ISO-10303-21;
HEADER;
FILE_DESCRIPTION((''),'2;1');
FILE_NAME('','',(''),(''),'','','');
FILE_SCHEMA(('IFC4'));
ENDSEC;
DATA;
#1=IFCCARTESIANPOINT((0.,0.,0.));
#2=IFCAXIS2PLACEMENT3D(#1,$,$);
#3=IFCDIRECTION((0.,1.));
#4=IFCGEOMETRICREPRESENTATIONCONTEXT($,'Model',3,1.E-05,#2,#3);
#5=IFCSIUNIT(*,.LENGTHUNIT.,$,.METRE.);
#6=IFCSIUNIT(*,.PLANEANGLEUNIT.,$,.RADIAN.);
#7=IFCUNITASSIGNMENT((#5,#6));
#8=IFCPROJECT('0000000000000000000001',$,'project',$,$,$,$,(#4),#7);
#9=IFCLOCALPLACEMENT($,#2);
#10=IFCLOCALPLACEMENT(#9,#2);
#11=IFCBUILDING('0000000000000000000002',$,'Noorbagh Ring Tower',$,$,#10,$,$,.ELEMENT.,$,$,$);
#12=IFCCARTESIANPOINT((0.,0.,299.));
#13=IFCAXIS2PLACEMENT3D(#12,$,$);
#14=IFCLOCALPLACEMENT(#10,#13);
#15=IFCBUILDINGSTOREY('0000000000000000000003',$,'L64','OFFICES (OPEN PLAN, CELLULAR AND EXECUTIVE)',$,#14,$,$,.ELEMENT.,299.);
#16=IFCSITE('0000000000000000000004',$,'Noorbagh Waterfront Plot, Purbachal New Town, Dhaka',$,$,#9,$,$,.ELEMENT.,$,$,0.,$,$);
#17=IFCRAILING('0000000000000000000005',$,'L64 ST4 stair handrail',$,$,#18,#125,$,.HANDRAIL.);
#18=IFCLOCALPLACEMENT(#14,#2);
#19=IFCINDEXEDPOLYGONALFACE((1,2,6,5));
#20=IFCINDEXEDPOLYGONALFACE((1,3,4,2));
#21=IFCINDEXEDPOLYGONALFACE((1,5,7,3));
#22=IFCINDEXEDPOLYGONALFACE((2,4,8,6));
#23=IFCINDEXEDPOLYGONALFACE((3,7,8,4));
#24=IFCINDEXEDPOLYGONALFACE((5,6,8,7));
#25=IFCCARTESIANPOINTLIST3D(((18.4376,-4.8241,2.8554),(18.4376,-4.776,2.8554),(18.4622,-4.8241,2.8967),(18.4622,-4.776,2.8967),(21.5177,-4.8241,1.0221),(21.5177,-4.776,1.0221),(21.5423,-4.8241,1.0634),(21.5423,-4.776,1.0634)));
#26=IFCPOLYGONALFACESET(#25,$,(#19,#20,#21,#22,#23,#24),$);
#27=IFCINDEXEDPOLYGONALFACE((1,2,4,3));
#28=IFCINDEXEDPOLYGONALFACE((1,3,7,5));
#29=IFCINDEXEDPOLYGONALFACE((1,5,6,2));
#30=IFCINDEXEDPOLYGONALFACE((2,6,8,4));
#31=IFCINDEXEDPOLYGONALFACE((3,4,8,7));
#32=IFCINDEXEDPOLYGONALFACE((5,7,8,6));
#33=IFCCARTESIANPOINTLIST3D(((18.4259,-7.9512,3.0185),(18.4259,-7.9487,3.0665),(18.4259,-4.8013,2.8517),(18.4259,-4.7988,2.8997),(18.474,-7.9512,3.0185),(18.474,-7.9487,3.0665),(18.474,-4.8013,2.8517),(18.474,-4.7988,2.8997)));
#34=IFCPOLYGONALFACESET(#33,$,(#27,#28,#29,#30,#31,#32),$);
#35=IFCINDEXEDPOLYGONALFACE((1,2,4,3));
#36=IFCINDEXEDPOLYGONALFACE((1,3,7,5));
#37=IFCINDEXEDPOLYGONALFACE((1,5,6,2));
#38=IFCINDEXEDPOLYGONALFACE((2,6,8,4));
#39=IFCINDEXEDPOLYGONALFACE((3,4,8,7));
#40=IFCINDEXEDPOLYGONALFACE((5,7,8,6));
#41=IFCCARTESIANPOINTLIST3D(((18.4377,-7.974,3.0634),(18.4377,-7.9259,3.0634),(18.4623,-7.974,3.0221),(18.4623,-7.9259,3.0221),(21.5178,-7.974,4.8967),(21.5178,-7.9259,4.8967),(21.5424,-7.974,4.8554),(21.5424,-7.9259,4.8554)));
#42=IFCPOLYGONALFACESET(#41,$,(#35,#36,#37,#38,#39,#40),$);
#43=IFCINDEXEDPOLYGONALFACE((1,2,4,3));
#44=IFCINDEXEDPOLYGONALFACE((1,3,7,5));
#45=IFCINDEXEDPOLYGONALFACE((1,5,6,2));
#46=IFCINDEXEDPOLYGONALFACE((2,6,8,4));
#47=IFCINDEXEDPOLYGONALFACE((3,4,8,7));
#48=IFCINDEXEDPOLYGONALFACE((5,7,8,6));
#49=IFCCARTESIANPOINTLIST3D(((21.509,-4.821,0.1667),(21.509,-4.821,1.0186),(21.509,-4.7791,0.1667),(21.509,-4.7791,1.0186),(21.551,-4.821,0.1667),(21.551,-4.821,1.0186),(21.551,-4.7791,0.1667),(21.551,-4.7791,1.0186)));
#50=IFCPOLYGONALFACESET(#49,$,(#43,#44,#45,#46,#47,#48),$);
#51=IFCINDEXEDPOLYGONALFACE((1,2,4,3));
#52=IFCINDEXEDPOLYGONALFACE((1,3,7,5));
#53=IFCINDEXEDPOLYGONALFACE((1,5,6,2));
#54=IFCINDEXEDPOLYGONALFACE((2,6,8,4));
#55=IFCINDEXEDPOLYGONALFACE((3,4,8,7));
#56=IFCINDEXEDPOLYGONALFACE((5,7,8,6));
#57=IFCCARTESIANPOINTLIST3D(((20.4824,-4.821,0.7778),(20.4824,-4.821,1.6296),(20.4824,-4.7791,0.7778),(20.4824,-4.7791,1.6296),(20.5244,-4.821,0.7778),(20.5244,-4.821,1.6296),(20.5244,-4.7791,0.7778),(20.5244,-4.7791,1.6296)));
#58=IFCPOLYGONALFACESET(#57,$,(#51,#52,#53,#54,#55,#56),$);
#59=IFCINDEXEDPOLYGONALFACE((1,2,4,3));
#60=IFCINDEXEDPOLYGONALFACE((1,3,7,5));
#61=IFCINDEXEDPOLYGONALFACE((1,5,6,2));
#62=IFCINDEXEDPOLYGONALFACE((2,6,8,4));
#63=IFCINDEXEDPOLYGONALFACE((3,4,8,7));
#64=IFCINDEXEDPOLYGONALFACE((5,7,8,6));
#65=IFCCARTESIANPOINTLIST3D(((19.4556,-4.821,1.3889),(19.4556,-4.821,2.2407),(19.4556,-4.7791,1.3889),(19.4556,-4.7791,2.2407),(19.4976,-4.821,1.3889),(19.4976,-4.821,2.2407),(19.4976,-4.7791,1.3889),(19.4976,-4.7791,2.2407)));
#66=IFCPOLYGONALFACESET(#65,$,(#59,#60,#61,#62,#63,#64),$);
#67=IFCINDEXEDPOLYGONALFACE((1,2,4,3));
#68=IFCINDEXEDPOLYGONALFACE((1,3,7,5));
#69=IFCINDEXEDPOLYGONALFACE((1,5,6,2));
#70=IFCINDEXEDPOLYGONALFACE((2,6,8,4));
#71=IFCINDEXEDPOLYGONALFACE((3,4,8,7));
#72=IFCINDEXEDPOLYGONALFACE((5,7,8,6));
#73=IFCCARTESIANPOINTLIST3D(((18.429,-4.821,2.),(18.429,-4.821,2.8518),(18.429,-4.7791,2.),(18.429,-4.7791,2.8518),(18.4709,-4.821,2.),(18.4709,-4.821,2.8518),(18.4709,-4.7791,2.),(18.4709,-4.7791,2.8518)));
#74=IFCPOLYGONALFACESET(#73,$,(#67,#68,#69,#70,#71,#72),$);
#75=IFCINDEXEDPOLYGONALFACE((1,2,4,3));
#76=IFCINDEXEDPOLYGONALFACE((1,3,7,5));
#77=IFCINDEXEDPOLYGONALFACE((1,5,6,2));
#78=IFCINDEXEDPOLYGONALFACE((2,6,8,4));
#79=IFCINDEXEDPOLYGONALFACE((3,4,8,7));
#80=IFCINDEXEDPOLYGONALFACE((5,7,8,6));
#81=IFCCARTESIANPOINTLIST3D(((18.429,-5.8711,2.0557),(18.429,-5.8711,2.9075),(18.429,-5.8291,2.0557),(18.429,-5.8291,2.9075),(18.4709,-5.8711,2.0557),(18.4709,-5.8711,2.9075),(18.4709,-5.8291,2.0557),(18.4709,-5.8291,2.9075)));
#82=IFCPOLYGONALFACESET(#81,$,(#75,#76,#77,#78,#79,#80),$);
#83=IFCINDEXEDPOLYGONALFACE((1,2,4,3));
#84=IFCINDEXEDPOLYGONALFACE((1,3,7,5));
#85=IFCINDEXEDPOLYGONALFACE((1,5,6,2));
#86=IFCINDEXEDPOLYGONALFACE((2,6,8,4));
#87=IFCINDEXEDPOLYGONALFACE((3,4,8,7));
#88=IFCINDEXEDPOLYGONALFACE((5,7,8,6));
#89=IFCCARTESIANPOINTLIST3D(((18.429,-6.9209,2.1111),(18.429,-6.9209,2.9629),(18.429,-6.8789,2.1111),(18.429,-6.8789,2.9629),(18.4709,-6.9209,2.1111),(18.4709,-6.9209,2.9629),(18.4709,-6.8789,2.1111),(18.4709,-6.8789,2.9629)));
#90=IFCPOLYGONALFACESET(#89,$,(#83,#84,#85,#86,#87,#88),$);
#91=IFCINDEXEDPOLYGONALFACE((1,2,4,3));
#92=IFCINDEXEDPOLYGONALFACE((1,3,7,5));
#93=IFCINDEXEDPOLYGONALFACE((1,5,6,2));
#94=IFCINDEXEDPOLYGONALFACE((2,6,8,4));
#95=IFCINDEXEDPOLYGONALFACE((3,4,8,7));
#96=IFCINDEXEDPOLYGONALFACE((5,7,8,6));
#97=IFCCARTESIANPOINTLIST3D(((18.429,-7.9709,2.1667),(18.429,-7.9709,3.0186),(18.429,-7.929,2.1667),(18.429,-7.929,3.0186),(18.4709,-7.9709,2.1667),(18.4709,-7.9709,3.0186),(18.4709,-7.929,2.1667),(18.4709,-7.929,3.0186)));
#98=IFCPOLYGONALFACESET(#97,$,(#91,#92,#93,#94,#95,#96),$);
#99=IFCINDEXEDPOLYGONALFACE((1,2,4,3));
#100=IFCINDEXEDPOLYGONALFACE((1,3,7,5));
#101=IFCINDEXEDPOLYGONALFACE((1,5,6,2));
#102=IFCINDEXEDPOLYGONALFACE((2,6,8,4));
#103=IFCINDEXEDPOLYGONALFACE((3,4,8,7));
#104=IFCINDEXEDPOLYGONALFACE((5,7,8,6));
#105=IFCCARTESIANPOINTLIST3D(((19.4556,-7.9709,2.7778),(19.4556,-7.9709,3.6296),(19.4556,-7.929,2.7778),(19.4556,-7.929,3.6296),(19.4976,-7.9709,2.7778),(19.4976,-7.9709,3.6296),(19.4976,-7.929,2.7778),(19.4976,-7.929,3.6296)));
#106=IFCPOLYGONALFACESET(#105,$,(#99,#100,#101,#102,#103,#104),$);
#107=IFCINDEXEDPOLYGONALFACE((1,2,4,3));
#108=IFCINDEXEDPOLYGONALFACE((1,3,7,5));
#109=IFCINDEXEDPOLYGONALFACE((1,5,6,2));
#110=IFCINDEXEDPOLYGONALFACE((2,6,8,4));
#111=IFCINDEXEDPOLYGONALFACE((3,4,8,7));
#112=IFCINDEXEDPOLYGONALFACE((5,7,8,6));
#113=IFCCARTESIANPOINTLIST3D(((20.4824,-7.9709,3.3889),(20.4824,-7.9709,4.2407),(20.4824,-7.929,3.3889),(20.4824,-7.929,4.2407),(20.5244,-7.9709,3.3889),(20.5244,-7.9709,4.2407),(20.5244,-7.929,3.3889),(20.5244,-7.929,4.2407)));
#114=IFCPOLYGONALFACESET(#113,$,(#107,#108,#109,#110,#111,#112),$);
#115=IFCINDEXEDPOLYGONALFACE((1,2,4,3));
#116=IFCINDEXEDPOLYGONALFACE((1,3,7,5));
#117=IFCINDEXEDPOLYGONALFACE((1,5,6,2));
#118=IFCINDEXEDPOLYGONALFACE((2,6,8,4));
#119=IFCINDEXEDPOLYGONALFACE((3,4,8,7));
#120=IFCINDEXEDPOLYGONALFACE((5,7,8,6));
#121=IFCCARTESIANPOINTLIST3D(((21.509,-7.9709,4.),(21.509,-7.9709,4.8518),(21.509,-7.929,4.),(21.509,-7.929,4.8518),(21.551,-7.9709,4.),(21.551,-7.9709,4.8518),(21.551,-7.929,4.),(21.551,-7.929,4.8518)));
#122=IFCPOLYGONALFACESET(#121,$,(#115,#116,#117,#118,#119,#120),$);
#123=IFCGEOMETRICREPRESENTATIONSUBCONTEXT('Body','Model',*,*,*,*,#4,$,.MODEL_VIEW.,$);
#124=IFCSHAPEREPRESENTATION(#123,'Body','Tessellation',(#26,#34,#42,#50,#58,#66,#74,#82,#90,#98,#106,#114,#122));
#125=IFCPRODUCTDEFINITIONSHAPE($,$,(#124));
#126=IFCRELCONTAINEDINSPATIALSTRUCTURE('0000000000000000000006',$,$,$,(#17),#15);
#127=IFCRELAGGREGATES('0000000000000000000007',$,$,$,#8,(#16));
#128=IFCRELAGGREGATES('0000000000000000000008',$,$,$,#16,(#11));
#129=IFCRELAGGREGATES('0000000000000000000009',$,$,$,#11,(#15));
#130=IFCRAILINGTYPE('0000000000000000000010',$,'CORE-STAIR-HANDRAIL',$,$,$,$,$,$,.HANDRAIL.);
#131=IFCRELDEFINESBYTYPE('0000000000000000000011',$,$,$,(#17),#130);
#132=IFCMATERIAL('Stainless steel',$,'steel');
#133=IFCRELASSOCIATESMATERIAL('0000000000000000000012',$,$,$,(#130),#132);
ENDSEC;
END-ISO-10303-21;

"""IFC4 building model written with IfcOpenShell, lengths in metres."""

from ifc_helpers import new_model, si_unit, direction, frame, origin, origin_2d, place, context, subcontext, project, spatial, rectangle, extrude, material, type_object, element, save


model = new_model("IFC4")

# Units and contexts
model_context = context("Model", 3, precision=1e-05, world=origin(), true_north=direction((0.0, 1.0)))
body_context = subcontext(model_context, "Body", "Model", "MODEL_VIEW")
ifc_project = project(units=[si_unit("LENGTHUNIT", "METRE"), si_unit("PLANEANGLEUNIT", "RADIAN")], contexts=[model_context])

# Site, building, storey
site_placement = place(None, origin())
site = spatial("IfcSite", under=ifc_project, at=site_placement, Name="Noorbagh Waterfront Plot, Purbachal New Town, Dhaka", CompositionType="ELEMENT", RefElevation=0.0)
building_placement = place(site_placement, origin())
building = spatial("IfcBuilding", under=site, at=building_placement, Name="Noorbagh Ring Tower", CompositionType="ELEMENT")
storey_placement = place(building_placement, frame((0.0, 0.0, 299.0)))
storey = spatial("IfcBuildingStorey", under=building, at=storey_placement, Name="L64", Description="OFFICES (OPEN PLAN, CELLULAR AND EXECUTIVE)", CompositionType="ELEMENT", Elevation=299.0)

# Railing
ifc_material_1 = material(Name="Stainless steel", Category="steel")
railing_type_1 = type_object("IfcRailingType", Name="CORE-STAIR-HANDRAIL", PredefinedType="HANDRAIL", material=ifc_material_1)
railing_1_placement = place(storey_placement, frame((21.53, -4.8, 0.1667)))
element("IfcRailing", 1, at=railing_1_placement, inside=storey, type_object=railing_type_1, Name="L64 ST4 stair handrail", PredefinedType="HANDRAIL", context=body_context, shape_type="SweptSolid", body=[
    extrude(rectangle(XDim=0.0481, YDim=0.0481, at=origin_2d()), frame((0.0, 0.0, 0.876), z_axis=(-0.859309, 0.0, 0.511458), x_axis=(0.0, -1.0, 0.0)), (0.0, 0.0, 1.0), 3.5845),
    extrude(rectangle(XDim=0.0481, YDim=0.0481, at=origin_2d()), frame((-3.0801, 0.0, 2.709), z_axis=(0.0, -0.998602, 0.052864), x_axis=(1.0, 0.0, 0.0)), (0.0, 0.0, 1.0), 3.1543),
    extrude(rectangle(XDim=0.0481, YDim=0.0481, at=origin_2d()), frame((-3.0801, -3.1499, 2.876), z_axis=(0.859309, 0.0, 0.511458), x_axis=(0.0, 1.0, 0.0)), (0.0, 0.0, 1.0), 3.5845),
    extrude(rectangle(XDim=0.042, YDim=0.042, at=origin_2d()), origin(), (0.0, 0.0, 1.0), 0.8518),
    extrude(rectangle(XDim=0.042, YDim=0.042, at=origin_2d()), frame((-1.0266, 0.0, 0.6111)), (0.0, 0.0, 1.0), 0.8518),
    extrude(rectangle(XDim=0.042, YDim=0.042, at=origin_2d()), frame((-2.0535, 0.0, 1.2222)), (0.0, 0.0, 1.0), 0.8518),
    extrude(rectangle(XDim=0.042, YDim=0.042, at=origin_2d()), frame((-3.0801, 0.0, 1.8333)), (0.0, 0.0, 1.0), 0.8518),
    extrude(rectangle(XDim=0.042, YDim=0.042, at=origin_2d()), frame((-3.0801, -1.05, 1.8889)), (0.0, 0.0, 1.0), 0.8518),
    extrude(rectangle(XDim=0.042, YDim=0.042, at=origin_2d()), frame((-3.0801, -2.0999, 1.9443)), (0.0, 0.0, 1.0), 0.8518),
    extrude(rectangle(XDim=0.042, YDim=0.042, at=origin_2d()), frame((-3.0801, -3.1499, 2.0)), (0.0, 0.0, 1.0), 0.8518),
    extrude(rectangle(XDim=0.042, YDim=0.042, at=origin_2d()), frame((-2.0535, -3.1499, 2.6111)), (0.0, 0.0, 1.0), 0.8518),
    extrude(rectangle(XDim=0.042, YDim=0.042, at=origin_2d()), frame((-1.0266, -3.1499, 3.2222)), (0.0, 0.0, 1.0), 0.8518),
    extrude(rectangle(XDim=0.042, YDim=0.042, at=origin_2d()), frame((0.0, -3.1499, 3.8333)), (0.0, 0.0, 1.0), 0.8518),
])

save(model, "model.ifc")
